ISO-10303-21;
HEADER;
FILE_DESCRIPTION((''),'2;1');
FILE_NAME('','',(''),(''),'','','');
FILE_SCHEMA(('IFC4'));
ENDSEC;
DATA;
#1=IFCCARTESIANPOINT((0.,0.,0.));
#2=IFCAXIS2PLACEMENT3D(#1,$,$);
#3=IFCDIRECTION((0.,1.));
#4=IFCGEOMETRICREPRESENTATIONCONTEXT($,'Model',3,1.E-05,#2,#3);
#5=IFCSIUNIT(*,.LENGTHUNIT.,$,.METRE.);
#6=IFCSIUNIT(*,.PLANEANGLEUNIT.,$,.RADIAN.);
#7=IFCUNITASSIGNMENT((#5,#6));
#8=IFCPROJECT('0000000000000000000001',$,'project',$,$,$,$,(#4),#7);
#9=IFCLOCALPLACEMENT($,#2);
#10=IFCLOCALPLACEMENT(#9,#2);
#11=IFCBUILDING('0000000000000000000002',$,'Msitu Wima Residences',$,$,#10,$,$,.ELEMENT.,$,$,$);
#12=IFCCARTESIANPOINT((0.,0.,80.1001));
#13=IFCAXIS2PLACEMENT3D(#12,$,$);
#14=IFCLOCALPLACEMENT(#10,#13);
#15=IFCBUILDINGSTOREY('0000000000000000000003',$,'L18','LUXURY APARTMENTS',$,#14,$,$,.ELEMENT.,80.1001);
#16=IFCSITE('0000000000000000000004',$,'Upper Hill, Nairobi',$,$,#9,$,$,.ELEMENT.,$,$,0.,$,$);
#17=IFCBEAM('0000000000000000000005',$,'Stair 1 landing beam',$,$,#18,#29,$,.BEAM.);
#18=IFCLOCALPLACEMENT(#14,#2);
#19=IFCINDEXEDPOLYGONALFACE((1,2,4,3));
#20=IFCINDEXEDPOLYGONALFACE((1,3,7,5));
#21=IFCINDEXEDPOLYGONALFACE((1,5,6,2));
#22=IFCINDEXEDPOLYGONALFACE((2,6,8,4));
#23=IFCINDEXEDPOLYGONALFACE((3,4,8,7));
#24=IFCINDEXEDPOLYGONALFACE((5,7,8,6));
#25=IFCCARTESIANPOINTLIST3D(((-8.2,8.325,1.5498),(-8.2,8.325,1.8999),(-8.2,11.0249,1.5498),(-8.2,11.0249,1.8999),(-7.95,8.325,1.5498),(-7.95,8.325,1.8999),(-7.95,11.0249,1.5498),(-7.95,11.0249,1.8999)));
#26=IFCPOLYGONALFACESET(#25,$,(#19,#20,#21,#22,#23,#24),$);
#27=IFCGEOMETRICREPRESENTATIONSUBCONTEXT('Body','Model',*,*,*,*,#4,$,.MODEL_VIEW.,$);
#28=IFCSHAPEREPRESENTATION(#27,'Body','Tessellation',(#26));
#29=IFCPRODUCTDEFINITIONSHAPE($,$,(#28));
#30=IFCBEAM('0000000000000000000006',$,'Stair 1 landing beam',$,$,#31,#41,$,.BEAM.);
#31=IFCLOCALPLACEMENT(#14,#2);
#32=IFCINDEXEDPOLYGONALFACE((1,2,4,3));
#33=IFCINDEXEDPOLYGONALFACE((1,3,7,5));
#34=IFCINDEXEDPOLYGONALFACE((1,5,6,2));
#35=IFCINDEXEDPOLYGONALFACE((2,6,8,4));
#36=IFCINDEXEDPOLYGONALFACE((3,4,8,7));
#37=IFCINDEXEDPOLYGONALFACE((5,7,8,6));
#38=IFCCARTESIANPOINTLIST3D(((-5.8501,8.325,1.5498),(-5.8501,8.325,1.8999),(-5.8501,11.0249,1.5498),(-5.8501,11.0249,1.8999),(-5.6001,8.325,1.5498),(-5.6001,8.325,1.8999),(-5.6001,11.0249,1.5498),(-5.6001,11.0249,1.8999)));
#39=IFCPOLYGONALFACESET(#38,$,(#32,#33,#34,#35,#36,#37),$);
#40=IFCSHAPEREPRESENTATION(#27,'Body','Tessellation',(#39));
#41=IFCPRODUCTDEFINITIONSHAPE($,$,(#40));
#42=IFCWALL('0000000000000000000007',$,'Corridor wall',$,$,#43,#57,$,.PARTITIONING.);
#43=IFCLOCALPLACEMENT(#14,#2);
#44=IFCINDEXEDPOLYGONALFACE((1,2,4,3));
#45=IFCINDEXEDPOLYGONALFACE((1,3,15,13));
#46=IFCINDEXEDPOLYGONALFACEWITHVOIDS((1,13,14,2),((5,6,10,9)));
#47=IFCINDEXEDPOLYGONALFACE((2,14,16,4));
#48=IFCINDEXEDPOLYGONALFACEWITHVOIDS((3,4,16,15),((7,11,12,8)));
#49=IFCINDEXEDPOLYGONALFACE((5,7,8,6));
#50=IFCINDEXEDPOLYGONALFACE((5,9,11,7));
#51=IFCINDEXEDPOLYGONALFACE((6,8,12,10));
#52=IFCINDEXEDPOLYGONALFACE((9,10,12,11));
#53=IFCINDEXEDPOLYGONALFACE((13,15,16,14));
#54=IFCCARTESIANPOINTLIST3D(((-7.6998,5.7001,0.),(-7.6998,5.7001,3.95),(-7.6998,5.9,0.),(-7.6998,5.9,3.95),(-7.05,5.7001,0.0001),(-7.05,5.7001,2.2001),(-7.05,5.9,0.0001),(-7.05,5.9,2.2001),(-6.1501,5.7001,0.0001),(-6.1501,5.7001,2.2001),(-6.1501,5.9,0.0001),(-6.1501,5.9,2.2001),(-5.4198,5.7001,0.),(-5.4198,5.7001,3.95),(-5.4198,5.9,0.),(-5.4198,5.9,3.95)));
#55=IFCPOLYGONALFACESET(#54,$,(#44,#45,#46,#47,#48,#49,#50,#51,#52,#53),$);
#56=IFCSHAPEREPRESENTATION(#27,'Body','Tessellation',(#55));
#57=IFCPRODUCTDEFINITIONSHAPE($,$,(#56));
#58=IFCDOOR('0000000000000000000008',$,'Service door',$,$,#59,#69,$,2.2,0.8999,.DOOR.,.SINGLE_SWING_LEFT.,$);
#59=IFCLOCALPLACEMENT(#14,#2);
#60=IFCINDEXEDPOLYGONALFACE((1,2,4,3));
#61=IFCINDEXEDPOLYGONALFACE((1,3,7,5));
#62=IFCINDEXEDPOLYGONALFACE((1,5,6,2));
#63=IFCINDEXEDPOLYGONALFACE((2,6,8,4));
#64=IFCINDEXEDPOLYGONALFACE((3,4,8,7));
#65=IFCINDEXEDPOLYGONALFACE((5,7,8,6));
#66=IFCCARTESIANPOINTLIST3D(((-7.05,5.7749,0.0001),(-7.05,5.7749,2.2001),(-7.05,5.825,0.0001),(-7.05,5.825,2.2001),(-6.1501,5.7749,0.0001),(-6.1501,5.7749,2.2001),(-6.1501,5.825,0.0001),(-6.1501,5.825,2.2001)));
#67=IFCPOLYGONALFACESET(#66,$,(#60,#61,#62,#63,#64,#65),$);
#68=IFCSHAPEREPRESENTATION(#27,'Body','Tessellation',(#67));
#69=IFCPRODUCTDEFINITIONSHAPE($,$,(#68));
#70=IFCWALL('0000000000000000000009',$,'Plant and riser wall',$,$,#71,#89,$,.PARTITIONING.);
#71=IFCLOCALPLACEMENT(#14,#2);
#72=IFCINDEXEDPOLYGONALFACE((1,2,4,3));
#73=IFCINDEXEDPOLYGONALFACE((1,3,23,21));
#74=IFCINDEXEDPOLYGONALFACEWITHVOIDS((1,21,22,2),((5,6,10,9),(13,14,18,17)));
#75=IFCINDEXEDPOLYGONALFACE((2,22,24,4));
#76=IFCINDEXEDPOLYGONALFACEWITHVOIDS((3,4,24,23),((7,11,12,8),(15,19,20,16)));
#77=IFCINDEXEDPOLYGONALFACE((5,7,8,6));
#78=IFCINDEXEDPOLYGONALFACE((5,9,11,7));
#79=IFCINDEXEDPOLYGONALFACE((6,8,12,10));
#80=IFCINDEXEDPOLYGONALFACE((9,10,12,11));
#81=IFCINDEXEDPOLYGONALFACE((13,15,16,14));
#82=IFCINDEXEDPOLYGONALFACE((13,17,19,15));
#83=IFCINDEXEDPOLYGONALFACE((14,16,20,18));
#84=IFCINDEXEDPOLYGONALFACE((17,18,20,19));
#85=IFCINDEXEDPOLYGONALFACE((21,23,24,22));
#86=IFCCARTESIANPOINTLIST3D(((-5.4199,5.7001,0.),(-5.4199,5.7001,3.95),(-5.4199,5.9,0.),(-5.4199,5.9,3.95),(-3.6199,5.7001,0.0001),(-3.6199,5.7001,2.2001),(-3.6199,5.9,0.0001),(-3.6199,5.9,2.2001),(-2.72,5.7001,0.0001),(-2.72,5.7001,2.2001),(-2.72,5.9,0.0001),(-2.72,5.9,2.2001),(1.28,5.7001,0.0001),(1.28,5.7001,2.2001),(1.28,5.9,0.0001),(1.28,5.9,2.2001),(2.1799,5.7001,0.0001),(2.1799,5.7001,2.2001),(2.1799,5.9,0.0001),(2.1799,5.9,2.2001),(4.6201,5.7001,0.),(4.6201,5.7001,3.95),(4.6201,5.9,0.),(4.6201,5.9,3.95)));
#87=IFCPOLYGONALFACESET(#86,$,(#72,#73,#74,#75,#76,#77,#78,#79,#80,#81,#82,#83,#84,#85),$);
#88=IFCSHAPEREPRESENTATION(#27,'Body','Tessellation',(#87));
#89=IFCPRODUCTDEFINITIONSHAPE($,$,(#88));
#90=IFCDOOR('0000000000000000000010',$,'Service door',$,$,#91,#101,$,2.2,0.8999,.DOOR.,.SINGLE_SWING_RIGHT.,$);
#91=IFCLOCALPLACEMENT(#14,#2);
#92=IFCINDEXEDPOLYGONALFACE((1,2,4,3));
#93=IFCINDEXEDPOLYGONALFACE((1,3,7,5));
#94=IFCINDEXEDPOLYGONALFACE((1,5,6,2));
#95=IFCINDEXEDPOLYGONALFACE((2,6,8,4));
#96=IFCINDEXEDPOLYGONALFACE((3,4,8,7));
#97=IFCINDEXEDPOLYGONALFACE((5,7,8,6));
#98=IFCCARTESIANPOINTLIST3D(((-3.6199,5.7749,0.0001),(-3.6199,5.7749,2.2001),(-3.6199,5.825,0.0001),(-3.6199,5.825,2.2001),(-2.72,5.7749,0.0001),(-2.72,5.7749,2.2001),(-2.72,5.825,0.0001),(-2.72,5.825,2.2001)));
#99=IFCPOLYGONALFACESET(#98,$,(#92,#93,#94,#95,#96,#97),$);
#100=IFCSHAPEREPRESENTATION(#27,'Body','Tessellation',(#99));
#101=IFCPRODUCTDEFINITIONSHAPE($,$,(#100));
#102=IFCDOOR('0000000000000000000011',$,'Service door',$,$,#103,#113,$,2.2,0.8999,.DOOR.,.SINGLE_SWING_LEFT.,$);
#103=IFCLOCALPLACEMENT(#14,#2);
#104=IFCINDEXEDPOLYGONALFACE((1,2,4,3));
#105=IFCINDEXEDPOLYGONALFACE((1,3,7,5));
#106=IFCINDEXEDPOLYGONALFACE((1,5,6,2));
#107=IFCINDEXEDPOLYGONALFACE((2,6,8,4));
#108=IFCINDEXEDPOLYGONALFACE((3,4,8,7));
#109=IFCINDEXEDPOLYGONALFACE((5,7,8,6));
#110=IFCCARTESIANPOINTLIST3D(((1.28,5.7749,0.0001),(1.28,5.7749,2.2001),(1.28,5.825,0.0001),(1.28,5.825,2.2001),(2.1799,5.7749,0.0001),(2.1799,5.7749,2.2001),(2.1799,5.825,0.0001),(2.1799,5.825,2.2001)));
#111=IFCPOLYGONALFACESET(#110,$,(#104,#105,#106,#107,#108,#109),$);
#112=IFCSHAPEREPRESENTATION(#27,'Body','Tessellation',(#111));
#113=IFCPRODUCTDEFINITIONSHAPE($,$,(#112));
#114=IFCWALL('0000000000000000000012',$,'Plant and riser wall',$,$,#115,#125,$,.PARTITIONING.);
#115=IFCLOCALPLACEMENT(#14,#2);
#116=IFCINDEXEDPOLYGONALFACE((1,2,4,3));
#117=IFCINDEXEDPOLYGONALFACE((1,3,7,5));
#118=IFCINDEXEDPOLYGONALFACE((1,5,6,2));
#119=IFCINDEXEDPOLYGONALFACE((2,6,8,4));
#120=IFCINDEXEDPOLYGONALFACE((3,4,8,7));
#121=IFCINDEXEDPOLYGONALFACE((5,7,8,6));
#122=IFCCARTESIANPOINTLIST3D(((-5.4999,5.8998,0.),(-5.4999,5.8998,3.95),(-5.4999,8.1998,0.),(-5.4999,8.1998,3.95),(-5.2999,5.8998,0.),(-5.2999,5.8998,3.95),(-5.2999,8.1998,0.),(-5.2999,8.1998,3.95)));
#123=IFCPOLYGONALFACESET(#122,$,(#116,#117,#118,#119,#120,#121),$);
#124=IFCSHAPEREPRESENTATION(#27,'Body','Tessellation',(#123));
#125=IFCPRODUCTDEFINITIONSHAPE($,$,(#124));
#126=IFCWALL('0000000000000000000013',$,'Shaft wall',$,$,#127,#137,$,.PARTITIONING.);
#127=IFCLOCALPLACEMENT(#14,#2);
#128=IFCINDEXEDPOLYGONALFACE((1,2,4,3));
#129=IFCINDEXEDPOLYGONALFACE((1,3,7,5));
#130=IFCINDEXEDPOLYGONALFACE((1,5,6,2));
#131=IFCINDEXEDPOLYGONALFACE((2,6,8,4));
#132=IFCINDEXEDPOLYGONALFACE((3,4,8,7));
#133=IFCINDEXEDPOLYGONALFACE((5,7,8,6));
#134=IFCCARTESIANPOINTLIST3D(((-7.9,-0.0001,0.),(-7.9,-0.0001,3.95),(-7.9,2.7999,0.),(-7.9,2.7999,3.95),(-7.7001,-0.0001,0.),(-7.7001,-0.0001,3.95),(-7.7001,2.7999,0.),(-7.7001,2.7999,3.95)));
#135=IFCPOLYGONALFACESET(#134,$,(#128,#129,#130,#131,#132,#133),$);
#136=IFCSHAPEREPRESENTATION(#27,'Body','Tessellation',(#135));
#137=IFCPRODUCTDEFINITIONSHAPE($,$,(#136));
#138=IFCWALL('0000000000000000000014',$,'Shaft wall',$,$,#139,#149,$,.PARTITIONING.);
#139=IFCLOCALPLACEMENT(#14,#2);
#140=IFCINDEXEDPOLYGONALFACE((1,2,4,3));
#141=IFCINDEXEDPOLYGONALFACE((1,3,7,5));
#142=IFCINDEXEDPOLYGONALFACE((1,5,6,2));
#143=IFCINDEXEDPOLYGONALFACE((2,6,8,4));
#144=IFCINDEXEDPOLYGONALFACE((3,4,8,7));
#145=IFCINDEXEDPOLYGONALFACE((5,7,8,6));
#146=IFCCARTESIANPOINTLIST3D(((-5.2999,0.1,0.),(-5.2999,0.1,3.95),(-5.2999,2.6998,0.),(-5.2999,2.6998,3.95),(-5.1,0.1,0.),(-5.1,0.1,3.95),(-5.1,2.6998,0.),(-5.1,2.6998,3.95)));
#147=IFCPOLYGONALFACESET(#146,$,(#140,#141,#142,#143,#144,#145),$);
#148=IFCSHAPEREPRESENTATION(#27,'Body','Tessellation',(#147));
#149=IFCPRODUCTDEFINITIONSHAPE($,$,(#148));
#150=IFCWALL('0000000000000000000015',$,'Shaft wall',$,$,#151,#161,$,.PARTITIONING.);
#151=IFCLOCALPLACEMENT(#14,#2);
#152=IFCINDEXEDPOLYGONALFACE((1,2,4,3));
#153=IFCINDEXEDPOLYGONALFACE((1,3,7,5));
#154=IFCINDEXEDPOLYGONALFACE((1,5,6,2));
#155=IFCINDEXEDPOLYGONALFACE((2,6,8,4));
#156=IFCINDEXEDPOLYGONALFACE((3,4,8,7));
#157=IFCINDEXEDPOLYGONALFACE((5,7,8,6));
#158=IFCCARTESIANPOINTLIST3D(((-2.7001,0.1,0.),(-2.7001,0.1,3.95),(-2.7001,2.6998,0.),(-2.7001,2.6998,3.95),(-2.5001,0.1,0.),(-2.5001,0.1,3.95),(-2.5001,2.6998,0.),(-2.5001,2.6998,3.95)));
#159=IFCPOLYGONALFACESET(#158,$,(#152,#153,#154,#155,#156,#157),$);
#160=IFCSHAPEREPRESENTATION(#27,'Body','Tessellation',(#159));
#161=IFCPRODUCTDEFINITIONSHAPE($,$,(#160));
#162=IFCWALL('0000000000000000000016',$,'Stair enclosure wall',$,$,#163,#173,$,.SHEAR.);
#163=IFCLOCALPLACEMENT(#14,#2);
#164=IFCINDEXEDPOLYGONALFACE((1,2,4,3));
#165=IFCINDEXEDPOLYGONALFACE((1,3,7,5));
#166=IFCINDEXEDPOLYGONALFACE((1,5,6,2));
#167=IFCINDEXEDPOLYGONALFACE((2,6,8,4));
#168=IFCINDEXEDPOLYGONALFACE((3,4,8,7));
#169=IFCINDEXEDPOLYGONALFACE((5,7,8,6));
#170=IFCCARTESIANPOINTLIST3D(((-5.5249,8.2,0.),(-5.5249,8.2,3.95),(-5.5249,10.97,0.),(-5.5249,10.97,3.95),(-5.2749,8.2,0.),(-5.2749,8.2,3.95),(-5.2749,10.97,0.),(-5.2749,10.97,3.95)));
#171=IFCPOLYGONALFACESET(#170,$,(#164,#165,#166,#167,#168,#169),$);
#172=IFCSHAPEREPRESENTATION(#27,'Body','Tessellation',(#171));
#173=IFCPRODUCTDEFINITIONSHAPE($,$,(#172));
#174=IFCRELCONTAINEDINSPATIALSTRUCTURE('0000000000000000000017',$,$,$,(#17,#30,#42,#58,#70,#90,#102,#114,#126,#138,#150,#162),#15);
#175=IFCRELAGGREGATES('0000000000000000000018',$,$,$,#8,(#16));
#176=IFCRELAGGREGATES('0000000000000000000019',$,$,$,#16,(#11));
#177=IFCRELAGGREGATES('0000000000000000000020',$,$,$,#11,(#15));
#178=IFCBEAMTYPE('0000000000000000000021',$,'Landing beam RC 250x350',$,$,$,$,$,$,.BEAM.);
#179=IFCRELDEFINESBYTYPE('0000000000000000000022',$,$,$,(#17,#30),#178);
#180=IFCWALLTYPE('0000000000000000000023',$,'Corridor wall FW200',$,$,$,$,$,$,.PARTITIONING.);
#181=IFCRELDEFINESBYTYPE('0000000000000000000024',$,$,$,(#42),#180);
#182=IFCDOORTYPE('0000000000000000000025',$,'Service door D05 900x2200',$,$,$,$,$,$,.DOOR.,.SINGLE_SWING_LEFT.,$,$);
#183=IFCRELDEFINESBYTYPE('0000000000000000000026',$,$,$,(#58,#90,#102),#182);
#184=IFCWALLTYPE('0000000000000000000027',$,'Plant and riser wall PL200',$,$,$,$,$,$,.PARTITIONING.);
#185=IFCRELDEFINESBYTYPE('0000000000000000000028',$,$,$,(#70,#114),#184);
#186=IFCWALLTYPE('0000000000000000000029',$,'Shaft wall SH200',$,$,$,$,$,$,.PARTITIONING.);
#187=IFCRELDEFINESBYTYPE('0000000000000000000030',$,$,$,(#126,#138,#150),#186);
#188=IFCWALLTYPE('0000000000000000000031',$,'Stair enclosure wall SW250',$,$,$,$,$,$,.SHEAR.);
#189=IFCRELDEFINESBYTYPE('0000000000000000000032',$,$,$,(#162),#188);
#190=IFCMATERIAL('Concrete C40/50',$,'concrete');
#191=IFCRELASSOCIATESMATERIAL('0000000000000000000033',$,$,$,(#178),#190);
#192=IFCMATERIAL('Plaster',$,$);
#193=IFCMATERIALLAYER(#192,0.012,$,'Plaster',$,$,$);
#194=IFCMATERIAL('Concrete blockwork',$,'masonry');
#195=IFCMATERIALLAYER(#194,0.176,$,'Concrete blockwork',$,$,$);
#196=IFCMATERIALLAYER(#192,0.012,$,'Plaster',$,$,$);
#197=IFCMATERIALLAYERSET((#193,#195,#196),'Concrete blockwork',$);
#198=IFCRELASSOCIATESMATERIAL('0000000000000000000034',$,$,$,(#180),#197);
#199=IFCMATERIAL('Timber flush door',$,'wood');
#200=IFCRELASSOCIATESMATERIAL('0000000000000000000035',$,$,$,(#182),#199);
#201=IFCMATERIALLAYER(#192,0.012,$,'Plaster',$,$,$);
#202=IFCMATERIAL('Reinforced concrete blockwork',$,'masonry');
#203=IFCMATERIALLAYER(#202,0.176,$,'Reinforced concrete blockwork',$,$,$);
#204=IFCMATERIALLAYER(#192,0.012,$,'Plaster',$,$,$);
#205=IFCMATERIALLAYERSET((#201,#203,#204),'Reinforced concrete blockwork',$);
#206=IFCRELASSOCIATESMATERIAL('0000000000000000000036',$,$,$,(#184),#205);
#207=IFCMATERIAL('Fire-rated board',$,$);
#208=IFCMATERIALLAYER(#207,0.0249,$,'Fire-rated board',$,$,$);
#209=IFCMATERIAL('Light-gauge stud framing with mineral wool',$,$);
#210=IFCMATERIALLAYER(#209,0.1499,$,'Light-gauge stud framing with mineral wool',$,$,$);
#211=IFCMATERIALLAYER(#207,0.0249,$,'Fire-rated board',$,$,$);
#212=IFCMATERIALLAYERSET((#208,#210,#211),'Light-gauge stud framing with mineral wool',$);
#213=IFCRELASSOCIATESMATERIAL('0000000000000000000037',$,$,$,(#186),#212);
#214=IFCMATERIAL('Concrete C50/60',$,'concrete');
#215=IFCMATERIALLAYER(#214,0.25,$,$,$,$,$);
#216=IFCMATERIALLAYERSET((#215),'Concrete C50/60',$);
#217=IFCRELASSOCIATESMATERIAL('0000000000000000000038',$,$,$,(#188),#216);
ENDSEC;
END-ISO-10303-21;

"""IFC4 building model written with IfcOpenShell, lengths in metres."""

from ifc_helpers import new_model, si_unit, direction, frame, frame_2d, origin, origin_2d, place, context, subcontext, project, spatial, rectangle, extrude, material, layer, layer_set, material_profile, profile_set, type_object, element, fill, save


model = new_model("IFC4")

# Units and contexts
model_context = context("Model", 3, precision=1e-05, world=origin(), true_north=direction((0.0, 1.0)))
body_context = subcontext(model_context, "Body", "Model", "MODEL_VIEW")
ifc_project = project(units=[si_unit("LENGTHUNIT", "METRE"), si_unit("PLANEANGLEUNIT", "RADIAN")], contexts=[model_context])

# Site, building, storey
site_placement = place(None, origin())
site = spatial("IfcSite", under=ifc_project, at=site_placement, Name="Upper Hill, Nairobi", CompositionType="ELEMENT", RefElevation=0.0)
building_placement = place(site_placement, origin())
building = spatial("IfcBuilding", under=site, at=building_placement, Name="Msitu Wima Residences", CompositionType="ELEMENT")
storey_placement = place(building_placement, frame((0.0, 0.0, 80.1001)))
storey = spatial("IfcBuildingStorey", under=building, at=storey_placement, Name="L18", Description="LUXURY APARTMENTS", CompositionType="ELEMENT", Elevation=80.1001)

# Beams
ifc_material_1 = material(Name="Concrete C40/50", Category="concrete")
ifc_material_profile = material_profile(ifc_material_1, rectangle(XDim=0.25, YDim=0.3501, at=origin_2d()), Name="RC 250x350")
ifc_profile_set = profile_set([ifc_material_profile], Name="Concrete C40/50")
beam_type = type_object("IfcBeamType", Name="Landing beam RC 250x350", PredefinedType="BEAM", material=ifc_profile_set)
for number, where, z_axis, x_axis, name in (
    (1, (-8.075, 8.325, 1.7249), (0.0, 1.0, 0.0), (-1.0, 0.0, 0.0), "Stair 1 landing beam"),
    (2, (-5.7251, 8.325, 1.7249), (0.0, 1.0, 0.0), (-1.0, 0.0, 0.0), "Stair 1 landing beam"),
):
    element("IfcBeam", number, at=place(storey_placement, frame(where, z_axis=z_axis, x_axis=x_axis)), inside=storey, type_object=beam_type, Name=name, PredefinedType="BEAM", context=body_context, shape_type="SweptSolid", body=[
        extrude(rectangle(XDim=0.25, YDim=0.3501, at=origin_2d()), origin(), (0.0, 0.0, 1.0), 2.7),
    ])

# Wall, opening, door
ifc_material_2 = material(Name="Plaster")
ifc_layer_1 = layer(ifc_material_2, 0.012, Name="Plaster")
ifc_material_3 = material(Name="Concrete blockwork", Category="masonry")
ifc_layer_2 = layer(ifc_material_3, 0.176, Name="Concrete blockwork")
ifc_layer_3 = layer(ifc_material_2, 0.012, Name="Plaster")
ifc_layer_set_1 = layer_set([ifc_layer_1, ifc_layer_2, ifc_layer_3], Name="Concrete blockwork")
wall_type_1 = type_object("IfcWallType", Name="Corridor wall FW200", PredefinedType="PARTITIONING", material=ifc_layer_set_1)
wall_1_placement = place(storey_placement, frame((-7.7, 5.8, 0.0), z_axis=(0.0, 0.0, 1.0), x_axis=(1.0, 0.0, 0.0)))
wall_1 = element("IfcWall", 3, at=wall_1_placement, inside=storey, type_object=wall_type_1, Name="Corridor wall", PredefinedType="PARTITIONING", context=body_context, shape_type="SweptSolid", body=[
    extrude(rectangle(XDim=2.28, YDim=0.2, at=frame_2d((1.1401, 0.0))), origin(), (0.0, 0.0, 1.0), 3.95),
])
opening_1_placement = place(wall_1_placement, frame((0.6499, 0.0, 0.0)))
opening_1 = element("IfcOpeningElement", 4, at=opening_1_placement, cuts=wall_1, PredefinedType="OPENING", context=body_context, shape_type="SweptSolid", body=[
    extrude(rectangle(XDim=0.8999, YDim=2.2, at=frame_2d((0.45, 1.1001))), frame((0.0, 0.1099, 0.0), z_axis=(0.0, -1.0, 0.0), x_axis=(1.0, 0.0, 0.0)), (0.0, 0.0, 1.0), 0.22),
])
ifc_material_4 = material(Name="Timber flush door", Category="wood")
door_type_1 = type_object("IfcDoorType", Name="Service door D05 900x2200", OperationType="SINGLE_SWING_LEFT", PredefinedType="DOOR", material=ifc_material_4)
door_1_placement = place(opening_1_placement, origin())
door_1 = element("IfcDoor", 5, at=door_1_placement, inside=storey, type_object=door_type_1, Name="Service door", OperationType="SINGLE_SWING_LEFT", OverallHeight=2.2, OverallWidth=0.8999, PredefinedType="DOOR", context=body_context, shape_type="SweptSolid", body=[
    extrude(rectangle(XDim=0.8999, YDim=2.2, at=frame_2d((0.45, 1.1001))), frame((0.0, 0.0249, 0.0), z_axis=(0.0, -1.0, 0.0), x_axis=(1.0, 0.0, 0.0)), (0.0, 0.0, 1.0), 0.05),
])
fill(opening_1, door_1)

# Wall, openings, doors
ifc_layer_4 = layer(ifc_material_2, 0.012, Name="Plaster")
ifc_material_5 = material(Name="Reinforced concrete blockwork", Category="masonry")
ifc_layer_5 = layer(ifc_material_5, 0.176, Name="Reinforced concrete blockwork")
ifc_layer_6 = layer(ifc_material_2, 0.012, Name="Plaster")
ifc_layer_set_2 = layer_set([ifc_layer_4, ifc_layer_5, ifc_layer_6], Name="Reinforced concrete blockwork")
wall_type_2 = type_object("IfcWallType", Name="Plant and riser wall PL200", PredefinedType="PARTITIONING", material=ifc_layer_set_2)
wall_2_placement = place(storey_placement, frame((-5.4199, 5.8, 0.0), z_axis=(0.0, 0.0, 1.0), x_axis=(1.0, 0.0, 0.0)))
wall_2 = element("IfcWall", 6, at=wall_2_placement, inside=storey, type_object=wall_type_2, Name="Plant and riser wall", PredefinedType="PARTITIONING", context=body_context, shape_type="SweptSolid", body=[
    extrude(rectangle(XDim=10.04, YDim=0.2, at=frame_2d((5.02, 0.0))), origin(), (0.0, 0.0, 1.0), 3.95),
])
opening_2_placement = place(wall_2_placement, frame((1.8, 0.0, 0.0)))
opening_2 = element("IfcOpeningElement", 7, at=opening_2_placement, cuts=wall_2, PredefinedType="OPENING", context=body_context, shape_type="SweptSolid", body=[
    extrude(rectangle(XDim=0.8999, YDim=2.2, at=frame_2d((0.45, 1.1001))), frame((0.0, 0.1099, 0.0), z_axis=(0.0, -1.0, 0.0), x_axis=(1.0, 0.0, 0.0)), (0.0, 0.0, 1.0), 0.22),
])
opening_3_placement = place(wall_2_placement, frame((6.7, 0.0, 0.0)))
opening_3 = element("IfcOpeningElement", 8, at=opening_3_placement, cuts=wall_2, PredefinedType="OPENING", context=body_context, shape_type="SweptSolid", body=[
    extrude(rectangle(XDim=0.8999, YDim=2.2, at=frame_2d((0.45, 1.1001))), frame((0.0, 0.1099, 0.0), z_axis=(0.0, -1.0, 0.0), x_axis=(1.0, 0.0, 0.0)), (0.0, 0.0, 1.0), 0.22),
])
door_2_placement = place(opening_2_placement, origin())
door_2 = element("IfcDoor", 9, at=door_2_placement, inside=storey, type_object=door_type_1, Name="Service door", OperationType="SINGLE_SWING_RIGHT", OverallHeight=2.2, OverallWidth=0.8999, PredefinedType="DOOR", context=body_context, shape_type="SweptSolid", body=[
    extrude(rectangle(XDim=0.8999, YDim=2.2, at=frame_2d((0.45, 1.1001))), frame((0.0, 0.0249, 0.0), z_axis=(0.0, -1.0, 0.0), x_axis=(1.0, 0.0, 0.0)), (0.0, 0.0, 1.0), 0.05),
])
fill(opening_2, door_2)
door_3_placement = place(opening_3_placement, origin())
door_3 = element("IfcDoor", 10, at=door_3_placement, inside=storey, type_object=door_type_1, Name="Service door", OperationType="SINGLE_SWING_LEFT", OverallHeight=2.2, OverallWidth=0.8999, PredefinedType="DOOR", context=body_context, shape_type="SweptSolid", body=[
    extrude(rectangle(XDim=0.8999, YDim=2.2, at=frame_2d((0.45, 1.1001))), frame((0.0, 0.0249, 0.0), z_axis=(0.0, -1.0, 0.0), x_axis=(1.0, 0.0, 0.0)), (0.0, 0.0, 1.0), 0.05),
])
fill(opening_3, door_3)

# Walls
wall_3_placement = place(storey_placement, frame((-5.3999, 5.8999, 0.0), z_axis=(0.0, 0.0, 1.0), x_axis=(0.0, 1.0, 0.0)))
element("IfcWall", 11, at=wall_3_placement, inside=storey, type_object=wall_type_2, Name="Plant and riser wall", PredefinedType="PARTITIONING", context=body_context, shape_type="SweptSolid", body=[
    extrude(rectangle(XDim=2.3, YDim=0.2, at=frame_2d((1.1499, 0.0))), origin(), (0.0, 0.0, 1.0), 3.95),
])
ifc_material_6 = material(Name="Fire-rated board")
ifc_layer_7 = layer(ifc_material_6, 0.0249, Name="Fire-rated board")
ifc_material_7 = material(Name="Light-gauge stud framing with mineral wool")
ifc_layer_8 = layer(ifc_material_7, 0.1499, Name="Light-gauge stud framing with mineral wool")
ifc_layer_9 = layer(ifc_material_6, 0.0249, Name="Fire-rated board")
ifc_layer_set_3 = layer_set([ifc_layer_7, ifc_layer_8, ifc_layer_9], Name="Light-gauge stud framing with mineral wool")
wall_type_3 = type_object("IfcWallType", Name="Shaft wall SH200", PredefinedType="PARTITIONING", material=ifc_layer_set_3)
wall_4_placement = place(storey_placement, frame((-7.8, 0.0, 0.0), z_axis=(0.0, 0.0, 1.0), x_axis=(0.0, 1.0, 0.0)))
element("IfcWall", 12, at=wall_4_placement, inside=storey, type_object=wall_type_3, Name="Shaft wall", PredefinedType="PARTITIONING", context=body_context, shape_type="SweptSolid", body=[
    extrude(rectangle(XDim=2.8, YDim=0.2, at=frame_2d((1.3999, 0.0))), origin(), (0.0, 0.0, 1.0), 3.95),
])
for number, where, z_axis, x_axis, name in (
    (13, (-5.2, 0.1001, 0.0), (0.0, 0.0, 1.0), (0.0, 1.0, 0.0), "Shaft wall"),
    (14, (-2.6001, 0.1001, 0.0), (0.0, 0.0, 1.0), (0.0, 1.0, 0.0), "Shaft wall"),
):
    element("IfcWall", number, at=place(storey_placement, frame(where, z_axis=z_axis, x_axis=x_axis)), inside=storey, type_object=wall_type_3, Name=name, PredefinedType="PARTITIONING", context=body_context, shape_type="SweptSolid", body=[
        extrude(rectangle(XDim=2.5999, YDim=0.2, at=frame_2d((1.2998, 0.0))), origin(), (0.0, 0.0, 1.0), 3.95),
    ])
ifc_material_8 = material(Name="Concrete C50/60", Category="concrete")
ifc_layer_10 = layer(ifc_material_8, 0.25)
ifc_layer_set_4 = layer_set([ifc_layer_10], Name="Concrete C50/60")
wall_type_4 = type_object("IfcWallType", Name="Stair enclosure wall SW250", PredefinedType="SHEAR", material=ifc_layer_set_4)
wall_5_placement = place(storey_placement, frame((-5.3999, 8.2, 0.0), z_axis=(0.0, 0.0, 1.0), x_axis=(0.0, 1.0, 0.0)))
element("IfcWall", 15, at=wall_5_placement, inside=storey, type_object=wall_type_4, Name="Stair enclosure wall", PredefinedType="SHEAR", context=body_context, shape_type="SweptSolid", body=[
    extrude(rectangle(XDim=2.77, YDim=0.25, at=frame_2d((1.385, 0.0))), origin(), (0.0, 0.0, 1.0), 3.95),
])

save(model, "model.ifc")
